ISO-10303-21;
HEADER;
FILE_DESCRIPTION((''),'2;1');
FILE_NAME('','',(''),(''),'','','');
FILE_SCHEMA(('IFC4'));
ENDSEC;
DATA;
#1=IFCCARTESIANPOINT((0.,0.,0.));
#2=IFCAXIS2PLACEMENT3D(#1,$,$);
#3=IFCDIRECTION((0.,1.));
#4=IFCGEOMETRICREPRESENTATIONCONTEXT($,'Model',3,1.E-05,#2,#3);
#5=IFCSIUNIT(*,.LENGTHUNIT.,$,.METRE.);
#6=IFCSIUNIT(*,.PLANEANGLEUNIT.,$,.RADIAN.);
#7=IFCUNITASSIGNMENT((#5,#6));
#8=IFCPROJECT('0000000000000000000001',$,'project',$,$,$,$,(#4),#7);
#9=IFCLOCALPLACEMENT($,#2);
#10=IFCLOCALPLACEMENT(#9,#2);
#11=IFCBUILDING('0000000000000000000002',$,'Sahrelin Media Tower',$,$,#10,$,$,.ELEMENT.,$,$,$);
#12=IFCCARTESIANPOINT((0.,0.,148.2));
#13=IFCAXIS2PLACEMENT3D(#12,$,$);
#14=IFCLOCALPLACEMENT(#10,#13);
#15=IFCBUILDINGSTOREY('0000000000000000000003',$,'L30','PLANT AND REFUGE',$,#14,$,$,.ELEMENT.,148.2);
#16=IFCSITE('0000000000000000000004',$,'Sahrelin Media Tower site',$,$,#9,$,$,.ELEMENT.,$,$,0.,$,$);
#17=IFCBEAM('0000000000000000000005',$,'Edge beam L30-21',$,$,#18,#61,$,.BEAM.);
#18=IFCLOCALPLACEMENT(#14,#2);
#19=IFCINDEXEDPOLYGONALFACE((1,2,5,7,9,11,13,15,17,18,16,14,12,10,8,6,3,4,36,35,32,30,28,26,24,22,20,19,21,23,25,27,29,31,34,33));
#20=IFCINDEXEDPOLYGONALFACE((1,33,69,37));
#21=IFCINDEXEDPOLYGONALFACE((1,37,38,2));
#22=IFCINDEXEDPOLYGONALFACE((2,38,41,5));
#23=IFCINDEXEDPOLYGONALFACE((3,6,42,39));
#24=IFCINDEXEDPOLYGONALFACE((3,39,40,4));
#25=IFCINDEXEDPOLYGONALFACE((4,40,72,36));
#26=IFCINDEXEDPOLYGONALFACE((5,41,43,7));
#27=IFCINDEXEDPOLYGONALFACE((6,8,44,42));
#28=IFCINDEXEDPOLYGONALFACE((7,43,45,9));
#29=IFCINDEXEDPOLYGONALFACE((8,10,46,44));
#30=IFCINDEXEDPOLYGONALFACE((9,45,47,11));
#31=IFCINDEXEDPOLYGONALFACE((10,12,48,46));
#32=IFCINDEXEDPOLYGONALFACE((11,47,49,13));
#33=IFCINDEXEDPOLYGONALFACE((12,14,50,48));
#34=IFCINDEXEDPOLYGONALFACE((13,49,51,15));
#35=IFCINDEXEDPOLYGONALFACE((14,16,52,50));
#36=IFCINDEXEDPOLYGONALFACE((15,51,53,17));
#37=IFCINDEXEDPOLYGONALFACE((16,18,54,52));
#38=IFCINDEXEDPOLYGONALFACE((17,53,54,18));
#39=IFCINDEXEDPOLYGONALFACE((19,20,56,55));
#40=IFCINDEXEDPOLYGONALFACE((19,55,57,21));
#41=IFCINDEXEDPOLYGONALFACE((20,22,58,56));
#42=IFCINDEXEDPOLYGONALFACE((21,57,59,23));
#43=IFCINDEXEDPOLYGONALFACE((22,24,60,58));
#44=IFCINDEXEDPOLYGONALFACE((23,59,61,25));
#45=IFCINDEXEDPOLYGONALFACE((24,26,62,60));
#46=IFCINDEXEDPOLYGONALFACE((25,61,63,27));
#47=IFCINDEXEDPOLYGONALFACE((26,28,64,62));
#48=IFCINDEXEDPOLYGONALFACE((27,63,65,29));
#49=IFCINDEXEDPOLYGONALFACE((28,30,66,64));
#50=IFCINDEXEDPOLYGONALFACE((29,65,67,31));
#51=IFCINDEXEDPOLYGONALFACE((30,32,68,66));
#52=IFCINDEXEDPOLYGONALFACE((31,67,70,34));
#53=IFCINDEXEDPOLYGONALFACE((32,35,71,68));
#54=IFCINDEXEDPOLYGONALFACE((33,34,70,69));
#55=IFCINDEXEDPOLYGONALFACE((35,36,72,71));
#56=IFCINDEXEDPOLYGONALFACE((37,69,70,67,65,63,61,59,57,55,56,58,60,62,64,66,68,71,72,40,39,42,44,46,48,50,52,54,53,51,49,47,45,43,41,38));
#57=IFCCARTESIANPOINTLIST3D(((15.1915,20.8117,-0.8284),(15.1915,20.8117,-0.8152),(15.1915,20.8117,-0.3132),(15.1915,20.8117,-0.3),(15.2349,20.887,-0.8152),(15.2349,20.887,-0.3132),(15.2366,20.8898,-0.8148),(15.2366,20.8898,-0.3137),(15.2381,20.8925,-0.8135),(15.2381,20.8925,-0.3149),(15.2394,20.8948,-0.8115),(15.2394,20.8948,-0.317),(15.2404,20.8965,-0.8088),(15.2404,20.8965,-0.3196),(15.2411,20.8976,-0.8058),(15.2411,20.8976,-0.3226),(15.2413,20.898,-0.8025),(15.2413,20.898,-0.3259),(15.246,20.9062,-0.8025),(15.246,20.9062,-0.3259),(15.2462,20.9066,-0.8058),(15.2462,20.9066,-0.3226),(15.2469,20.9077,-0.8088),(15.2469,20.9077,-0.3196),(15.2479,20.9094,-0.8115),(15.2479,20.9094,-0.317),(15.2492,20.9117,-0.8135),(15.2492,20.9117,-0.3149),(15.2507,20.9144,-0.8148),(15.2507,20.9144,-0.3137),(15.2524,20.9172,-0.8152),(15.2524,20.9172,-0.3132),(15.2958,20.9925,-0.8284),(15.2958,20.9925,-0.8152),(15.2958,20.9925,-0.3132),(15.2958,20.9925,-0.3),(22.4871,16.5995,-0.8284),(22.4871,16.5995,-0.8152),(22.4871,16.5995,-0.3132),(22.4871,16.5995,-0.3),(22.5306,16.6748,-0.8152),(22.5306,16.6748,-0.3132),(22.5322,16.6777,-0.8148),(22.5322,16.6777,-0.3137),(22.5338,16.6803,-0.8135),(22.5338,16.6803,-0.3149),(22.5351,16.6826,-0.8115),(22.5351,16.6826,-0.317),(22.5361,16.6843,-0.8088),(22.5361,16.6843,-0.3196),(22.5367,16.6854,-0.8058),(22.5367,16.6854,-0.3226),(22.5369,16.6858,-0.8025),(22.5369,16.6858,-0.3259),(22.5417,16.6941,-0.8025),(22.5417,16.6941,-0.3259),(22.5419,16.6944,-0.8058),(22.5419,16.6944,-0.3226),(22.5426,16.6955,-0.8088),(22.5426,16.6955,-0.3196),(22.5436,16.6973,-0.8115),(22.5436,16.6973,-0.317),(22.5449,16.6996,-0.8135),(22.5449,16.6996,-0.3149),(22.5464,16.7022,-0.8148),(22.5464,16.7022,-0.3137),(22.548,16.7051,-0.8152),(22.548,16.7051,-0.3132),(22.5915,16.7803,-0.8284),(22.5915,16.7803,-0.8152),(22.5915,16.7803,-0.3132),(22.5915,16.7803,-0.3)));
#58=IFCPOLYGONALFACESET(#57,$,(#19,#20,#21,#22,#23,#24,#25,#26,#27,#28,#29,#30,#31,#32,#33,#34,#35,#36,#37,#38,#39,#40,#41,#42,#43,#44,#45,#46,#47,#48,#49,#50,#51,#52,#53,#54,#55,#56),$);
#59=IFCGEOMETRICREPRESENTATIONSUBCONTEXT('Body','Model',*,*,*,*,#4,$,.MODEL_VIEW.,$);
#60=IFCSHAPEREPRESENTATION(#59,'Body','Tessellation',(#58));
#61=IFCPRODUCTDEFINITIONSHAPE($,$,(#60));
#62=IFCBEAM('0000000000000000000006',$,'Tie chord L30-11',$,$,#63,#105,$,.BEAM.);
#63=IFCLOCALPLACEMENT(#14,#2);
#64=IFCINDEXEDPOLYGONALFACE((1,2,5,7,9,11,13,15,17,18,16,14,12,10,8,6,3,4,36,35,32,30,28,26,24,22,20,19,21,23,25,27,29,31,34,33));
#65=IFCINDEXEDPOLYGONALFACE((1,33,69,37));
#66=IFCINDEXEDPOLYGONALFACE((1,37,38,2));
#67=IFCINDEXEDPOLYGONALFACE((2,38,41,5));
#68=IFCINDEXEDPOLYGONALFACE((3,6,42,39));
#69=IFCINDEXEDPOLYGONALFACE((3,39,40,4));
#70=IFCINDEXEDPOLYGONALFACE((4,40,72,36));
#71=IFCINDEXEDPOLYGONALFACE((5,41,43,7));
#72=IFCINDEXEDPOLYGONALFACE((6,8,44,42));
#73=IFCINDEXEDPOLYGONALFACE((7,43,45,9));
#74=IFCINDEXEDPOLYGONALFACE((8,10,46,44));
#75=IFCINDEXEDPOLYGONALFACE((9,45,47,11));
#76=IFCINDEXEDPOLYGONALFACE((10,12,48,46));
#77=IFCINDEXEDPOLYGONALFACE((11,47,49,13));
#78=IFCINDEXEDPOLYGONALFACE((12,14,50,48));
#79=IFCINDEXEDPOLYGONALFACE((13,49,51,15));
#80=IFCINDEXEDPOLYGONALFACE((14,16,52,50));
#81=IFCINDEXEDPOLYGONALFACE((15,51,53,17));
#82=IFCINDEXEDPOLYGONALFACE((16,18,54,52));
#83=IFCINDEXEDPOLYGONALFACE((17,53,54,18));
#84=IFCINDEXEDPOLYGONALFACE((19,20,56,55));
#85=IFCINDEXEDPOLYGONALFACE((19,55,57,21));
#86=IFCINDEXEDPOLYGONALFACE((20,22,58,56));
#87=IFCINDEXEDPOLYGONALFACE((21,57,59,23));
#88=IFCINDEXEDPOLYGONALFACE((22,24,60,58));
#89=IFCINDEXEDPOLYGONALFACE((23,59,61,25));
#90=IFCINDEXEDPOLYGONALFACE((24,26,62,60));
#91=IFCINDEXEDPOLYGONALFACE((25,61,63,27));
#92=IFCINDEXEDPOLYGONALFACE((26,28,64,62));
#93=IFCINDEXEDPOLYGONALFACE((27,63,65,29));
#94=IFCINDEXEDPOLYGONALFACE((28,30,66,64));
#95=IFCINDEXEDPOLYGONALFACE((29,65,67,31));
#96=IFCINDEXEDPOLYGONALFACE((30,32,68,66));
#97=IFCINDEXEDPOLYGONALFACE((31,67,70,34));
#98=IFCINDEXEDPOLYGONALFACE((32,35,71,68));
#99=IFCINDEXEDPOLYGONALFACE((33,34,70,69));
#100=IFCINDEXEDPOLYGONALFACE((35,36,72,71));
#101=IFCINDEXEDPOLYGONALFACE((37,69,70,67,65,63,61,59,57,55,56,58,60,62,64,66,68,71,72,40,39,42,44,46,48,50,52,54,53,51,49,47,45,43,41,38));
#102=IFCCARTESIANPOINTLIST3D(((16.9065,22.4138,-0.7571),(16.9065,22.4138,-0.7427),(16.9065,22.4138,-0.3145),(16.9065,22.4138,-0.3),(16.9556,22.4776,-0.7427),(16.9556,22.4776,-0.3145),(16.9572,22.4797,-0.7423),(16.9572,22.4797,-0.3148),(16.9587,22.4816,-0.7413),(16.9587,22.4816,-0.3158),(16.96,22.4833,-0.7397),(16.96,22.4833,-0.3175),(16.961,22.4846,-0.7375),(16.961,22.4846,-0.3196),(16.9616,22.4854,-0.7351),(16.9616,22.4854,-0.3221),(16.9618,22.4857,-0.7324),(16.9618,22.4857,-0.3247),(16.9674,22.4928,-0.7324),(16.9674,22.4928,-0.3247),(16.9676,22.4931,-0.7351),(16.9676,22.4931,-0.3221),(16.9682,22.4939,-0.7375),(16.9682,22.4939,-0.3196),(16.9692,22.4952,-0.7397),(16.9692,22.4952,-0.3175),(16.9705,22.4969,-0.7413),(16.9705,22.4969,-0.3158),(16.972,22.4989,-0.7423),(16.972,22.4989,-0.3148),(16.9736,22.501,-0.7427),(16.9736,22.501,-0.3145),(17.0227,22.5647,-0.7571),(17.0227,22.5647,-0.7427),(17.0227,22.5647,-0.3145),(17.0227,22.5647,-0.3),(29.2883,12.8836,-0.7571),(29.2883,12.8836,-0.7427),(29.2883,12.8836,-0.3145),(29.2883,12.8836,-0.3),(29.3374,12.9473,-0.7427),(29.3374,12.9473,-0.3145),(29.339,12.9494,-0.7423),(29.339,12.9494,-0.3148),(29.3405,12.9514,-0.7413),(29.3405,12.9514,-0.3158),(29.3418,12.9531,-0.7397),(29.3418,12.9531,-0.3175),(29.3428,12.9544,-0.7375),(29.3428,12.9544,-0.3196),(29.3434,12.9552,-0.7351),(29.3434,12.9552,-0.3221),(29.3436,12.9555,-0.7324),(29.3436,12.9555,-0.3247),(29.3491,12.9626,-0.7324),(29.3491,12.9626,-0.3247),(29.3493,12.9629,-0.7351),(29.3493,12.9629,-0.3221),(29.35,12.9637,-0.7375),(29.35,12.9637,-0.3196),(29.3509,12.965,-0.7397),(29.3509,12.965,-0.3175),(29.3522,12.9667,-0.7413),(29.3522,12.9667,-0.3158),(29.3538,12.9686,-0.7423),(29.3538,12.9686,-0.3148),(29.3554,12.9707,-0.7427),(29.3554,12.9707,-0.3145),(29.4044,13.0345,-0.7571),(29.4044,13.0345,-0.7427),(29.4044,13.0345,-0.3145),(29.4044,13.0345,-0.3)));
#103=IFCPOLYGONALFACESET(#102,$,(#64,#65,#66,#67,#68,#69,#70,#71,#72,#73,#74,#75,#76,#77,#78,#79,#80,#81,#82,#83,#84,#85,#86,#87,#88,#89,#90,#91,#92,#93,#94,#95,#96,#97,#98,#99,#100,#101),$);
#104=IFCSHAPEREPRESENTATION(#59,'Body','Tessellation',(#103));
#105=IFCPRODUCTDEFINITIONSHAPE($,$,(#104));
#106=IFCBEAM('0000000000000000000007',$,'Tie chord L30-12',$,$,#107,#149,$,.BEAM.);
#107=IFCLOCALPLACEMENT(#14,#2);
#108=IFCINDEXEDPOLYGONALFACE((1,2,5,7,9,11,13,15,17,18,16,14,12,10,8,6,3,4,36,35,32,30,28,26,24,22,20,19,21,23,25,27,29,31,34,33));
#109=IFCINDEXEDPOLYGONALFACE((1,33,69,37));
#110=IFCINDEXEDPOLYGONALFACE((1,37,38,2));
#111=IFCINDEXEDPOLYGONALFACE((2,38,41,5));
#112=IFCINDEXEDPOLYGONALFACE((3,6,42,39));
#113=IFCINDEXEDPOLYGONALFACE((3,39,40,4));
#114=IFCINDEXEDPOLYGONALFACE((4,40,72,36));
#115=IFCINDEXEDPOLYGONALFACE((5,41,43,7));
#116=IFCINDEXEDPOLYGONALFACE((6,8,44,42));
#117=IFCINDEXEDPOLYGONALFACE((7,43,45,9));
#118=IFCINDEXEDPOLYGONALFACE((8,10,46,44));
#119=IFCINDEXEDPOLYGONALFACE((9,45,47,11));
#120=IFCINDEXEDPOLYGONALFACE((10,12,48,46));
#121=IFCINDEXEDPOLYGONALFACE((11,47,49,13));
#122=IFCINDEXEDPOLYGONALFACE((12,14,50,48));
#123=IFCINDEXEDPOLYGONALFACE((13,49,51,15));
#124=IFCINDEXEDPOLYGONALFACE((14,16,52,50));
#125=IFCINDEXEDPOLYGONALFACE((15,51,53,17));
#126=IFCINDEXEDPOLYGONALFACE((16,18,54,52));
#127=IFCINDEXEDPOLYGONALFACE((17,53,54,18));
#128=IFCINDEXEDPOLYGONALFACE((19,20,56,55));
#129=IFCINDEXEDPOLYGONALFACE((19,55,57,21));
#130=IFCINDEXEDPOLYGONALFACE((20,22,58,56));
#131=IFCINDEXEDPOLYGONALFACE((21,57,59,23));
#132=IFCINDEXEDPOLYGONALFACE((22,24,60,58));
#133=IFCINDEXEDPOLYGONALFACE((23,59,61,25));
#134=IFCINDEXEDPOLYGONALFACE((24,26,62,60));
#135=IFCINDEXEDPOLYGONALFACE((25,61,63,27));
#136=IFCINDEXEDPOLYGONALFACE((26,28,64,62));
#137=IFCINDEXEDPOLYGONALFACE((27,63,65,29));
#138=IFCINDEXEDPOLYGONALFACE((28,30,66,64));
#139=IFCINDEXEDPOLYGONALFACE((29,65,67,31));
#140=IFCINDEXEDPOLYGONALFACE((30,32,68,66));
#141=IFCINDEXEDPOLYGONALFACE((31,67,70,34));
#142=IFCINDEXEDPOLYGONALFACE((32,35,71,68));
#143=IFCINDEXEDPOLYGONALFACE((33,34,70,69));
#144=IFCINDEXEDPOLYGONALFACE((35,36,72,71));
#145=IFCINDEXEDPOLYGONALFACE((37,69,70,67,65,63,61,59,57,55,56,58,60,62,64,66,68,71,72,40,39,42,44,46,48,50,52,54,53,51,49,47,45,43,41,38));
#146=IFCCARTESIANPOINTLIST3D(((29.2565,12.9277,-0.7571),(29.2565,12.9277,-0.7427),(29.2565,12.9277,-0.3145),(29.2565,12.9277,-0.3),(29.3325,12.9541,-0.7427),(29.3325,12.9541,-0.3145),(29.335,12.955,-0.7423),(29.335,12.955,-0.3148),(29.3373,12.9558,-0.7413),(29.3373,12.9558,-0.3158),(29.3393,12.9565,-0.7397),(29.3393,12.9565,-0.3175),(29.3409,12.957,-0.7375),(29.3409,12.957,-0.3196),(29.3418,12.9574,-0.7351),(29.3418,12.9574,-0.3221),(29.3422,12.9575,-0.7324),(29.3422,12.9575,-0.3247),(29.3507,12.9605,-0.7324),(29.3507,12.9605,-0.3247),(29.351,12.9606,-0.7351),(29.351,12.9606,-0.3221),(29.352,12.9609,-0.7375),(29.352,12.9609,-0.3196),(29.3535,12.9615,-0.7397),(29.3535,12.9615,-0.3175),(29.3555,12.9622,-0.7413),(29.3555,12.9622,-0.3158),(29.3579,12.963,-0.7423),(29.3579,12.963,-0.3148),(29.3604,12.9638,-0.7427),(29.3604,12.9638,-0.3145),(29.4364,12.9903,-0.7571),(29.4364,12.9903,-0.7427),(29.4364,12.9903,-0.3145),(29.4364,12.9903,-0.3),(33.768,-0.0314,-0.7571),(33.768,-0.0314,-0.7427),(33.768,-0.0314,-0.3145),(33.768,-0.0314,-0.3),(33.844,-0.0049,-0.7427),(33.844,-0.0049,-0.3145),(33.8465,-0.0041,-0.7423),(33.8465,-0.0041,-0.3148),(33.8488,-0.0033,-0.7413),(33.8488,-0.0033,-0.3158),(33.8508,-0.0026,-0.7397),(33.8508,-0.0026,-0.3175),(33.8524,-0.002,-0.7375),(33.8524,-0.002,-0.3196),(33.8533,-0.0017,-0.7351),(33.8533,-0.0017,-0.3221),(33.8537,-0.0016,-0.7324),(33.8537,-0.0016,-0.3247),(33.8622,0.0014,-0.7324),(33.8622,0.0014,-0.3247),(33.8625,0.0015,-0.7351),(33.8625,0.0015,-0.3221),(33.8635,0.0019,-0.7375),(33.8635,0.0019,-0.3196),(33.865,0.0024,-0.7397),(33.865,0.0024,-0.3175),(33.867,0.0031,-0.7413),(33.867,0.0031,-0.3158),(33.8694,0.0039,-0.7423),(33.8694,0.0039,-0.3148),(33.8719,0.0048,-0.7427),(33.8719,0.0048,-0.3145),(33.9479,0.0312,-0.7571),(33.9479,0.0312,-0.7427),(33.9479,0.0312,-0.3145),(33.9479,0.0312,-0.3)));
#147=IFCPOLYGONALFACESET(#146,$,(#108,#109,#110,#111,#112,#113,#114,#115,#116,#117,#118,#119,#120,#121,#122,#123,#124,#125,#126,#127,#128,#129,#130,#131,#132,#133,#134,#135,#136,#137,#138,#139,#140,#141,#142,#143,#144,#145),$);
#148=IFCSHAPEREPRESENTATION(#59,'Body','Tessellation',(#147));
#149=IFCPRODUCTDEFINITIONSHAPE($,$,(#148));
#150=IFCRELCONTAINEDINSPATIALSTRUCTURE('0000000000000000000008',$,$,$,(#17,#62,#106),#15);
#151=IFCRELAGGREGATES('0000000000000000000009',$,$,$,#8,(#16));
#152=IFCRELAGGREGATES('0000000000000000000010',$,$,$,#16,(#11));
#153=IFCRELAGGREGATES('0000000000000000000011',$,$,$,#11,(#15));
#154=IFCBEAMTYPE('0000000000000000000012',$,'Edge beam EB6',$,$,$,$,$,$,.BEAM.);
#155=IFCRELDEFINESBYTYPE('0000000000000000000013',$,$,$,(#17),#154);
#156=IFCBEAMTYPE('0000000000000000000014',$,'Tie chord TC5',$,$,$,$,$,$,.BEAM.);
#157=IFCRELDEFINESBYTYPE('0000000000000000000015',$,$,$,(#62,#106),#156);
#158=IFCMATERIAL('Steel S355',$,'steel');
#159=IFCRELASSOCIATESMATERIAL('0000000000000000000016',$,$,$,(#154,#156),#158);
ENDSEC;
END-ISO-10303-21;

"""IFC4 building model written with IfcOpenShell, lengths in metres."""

from ifc_helpers import new_model, si_unit, direction, frame, origin, origin_2d, place, context, subcontext, project, spatial, i_section, extrude, material, material_profile, profile_set, type_object, element, save


model = new_model("IFC4")

# Units and contexts
model_context = context("Model", 3, precision=1e-05, world=origin(), true_north=direction((0.0, 1.0)))
body_context = subcontext(model_context, "Body", "Model", "MODEL_VIEW")
ifc_project = project(units=[si_unit("LENGTHUNIT", "METRE"), si_unit("PLANEANGLEUNIT", "RADIAN")], contexts=[model_context])

# Site, building, storey
site_placement = place(None, origin())
site = spatial("IfcSite", under=ifc_project, at=site_placement, Name="Sahrelin Media Tower site", CompositionType="ELEMENT", RefElevation=0.0)
building_placement = place(site_placement, origin())
building = spatial("IfcBuilding", under=site, at=building_placement, Name="Sahrelin Media Tower", CompositionType="ELEMENT")
storey_placement = place(building_placement, frame((0.0, 0.0, 148.2)))
storey = spatial("IfcBuildingStorey", under=building, at=storey_placement, Name="L30", Description="PLANT AND REFUGE", CompositionType="ELEMENT", Elevation=148.2)

# Beams
ifc_material_1 = material(Name="Steel S355", Category="steel")
ifc_material_profile_1 = material_profile(ifc_material_1, i_section(OverallWidth=0.2087, OverallDepth=0.5283, WebThickness=0.0095, FlangeThickness=0.0132, FilletRadius=0.0127, at=origin_2d()), Name="UB 533x210x82")
ifc_profile_set_1 = profile_set([ifc_material_profile_1], Name="Steel S355")
beam_type_1 = type_object("IfcBeamType", Name="Edge beam EB6", PredefinedType="BEAM", material=ifc_profile_set_1)
beam_1_placement = place(storey_placement, frame((15.2437, 20.9021, -0.5642), z_axis=(0.866025, -0.500001, 0.0), x_axis=(0.500001, 0.866025, 0.0)))
element("IfcBeam", 1, at=beam_1_placement, inside=storey, type_object=beam_type_1, Name="Edge beam L30-21", PredefinedType="BEAM", context=body_context, shape_type="SweptSolid", body=[
    extrude(i_section(OverallWidth=0.2087, OverallDepth=0.5283, WebThickness=0.0095, FlangeThickness=0.0132, FilletRadius=0.0127, at=origin_2d()), origin(), (0.0, 0.0, 1.0), 8.4243),
])
ifc_material_profile_2 = material_profile(ifc_material_1, i_section(OverallWidth=0.1904, OverallDepth=0.457, WebThickness=0.009, FlangeThickness=0.0144, FilletRadius=0.0103, at=origin_2d()), Name="UB 457x191x74")
ifc_profile_set_2 = profile_set([ifc_material_profile_2], Name="Steel S355")
beam_type_2 = type_object("IfcBeamType", Name="Tie chord TC5", PredefinedType="BEAM", material=ifc_profile_set_2)
beam_2_placement = place(storey_placement, frame((16.9646, 22.4893, -0.5286), z_axis=(0.792445, -0.609943, 0.0), x_axis=(0.609943, 0.792445, 0.0)))
element("IfcBeam", 2, at=beam_2_placement, inside=storey, type_object=beam_type_2, Name="Tie chord L30-11", PredefinedType="BEAM", context=body_context, shape_type="SweptSolid", body=[
    extrude(i_section(OverallWidth=0.1904, OverallDepth=0.457, WebThickness=0.009, FlangeThickness=0.0144, FilletRadius=0.0103, at=origin_2d()), origin(), (0.0, 0.0, 1.0), 15.6248),
])
beam_3_placement = place(storey_placement, frame((29.3464, 12.959, -0.5286), z_axis=(0.328781, -0.944406, 0.0), x_axis=(0.944406, 0.328781, 0.0)))
element("IfcBeam", 3, at=beam_3_placement, inside=storey, type_object=beam_type_2, Name="Tie chord L30-12", PredefinedType="BEAM", context=body_context, shape_type="SweptSolid", body=[
    extrude(i_section(OverallWidth=0.1904, OverallDepth=0.457, WebThickness=0.009, FlangeThickness=0.0144, FilletRadius=0.0103, at=origin_2d()), origin(), (0.0, 0.0, 1.0), 13.7219),
])

save(model, "model.ifc")
